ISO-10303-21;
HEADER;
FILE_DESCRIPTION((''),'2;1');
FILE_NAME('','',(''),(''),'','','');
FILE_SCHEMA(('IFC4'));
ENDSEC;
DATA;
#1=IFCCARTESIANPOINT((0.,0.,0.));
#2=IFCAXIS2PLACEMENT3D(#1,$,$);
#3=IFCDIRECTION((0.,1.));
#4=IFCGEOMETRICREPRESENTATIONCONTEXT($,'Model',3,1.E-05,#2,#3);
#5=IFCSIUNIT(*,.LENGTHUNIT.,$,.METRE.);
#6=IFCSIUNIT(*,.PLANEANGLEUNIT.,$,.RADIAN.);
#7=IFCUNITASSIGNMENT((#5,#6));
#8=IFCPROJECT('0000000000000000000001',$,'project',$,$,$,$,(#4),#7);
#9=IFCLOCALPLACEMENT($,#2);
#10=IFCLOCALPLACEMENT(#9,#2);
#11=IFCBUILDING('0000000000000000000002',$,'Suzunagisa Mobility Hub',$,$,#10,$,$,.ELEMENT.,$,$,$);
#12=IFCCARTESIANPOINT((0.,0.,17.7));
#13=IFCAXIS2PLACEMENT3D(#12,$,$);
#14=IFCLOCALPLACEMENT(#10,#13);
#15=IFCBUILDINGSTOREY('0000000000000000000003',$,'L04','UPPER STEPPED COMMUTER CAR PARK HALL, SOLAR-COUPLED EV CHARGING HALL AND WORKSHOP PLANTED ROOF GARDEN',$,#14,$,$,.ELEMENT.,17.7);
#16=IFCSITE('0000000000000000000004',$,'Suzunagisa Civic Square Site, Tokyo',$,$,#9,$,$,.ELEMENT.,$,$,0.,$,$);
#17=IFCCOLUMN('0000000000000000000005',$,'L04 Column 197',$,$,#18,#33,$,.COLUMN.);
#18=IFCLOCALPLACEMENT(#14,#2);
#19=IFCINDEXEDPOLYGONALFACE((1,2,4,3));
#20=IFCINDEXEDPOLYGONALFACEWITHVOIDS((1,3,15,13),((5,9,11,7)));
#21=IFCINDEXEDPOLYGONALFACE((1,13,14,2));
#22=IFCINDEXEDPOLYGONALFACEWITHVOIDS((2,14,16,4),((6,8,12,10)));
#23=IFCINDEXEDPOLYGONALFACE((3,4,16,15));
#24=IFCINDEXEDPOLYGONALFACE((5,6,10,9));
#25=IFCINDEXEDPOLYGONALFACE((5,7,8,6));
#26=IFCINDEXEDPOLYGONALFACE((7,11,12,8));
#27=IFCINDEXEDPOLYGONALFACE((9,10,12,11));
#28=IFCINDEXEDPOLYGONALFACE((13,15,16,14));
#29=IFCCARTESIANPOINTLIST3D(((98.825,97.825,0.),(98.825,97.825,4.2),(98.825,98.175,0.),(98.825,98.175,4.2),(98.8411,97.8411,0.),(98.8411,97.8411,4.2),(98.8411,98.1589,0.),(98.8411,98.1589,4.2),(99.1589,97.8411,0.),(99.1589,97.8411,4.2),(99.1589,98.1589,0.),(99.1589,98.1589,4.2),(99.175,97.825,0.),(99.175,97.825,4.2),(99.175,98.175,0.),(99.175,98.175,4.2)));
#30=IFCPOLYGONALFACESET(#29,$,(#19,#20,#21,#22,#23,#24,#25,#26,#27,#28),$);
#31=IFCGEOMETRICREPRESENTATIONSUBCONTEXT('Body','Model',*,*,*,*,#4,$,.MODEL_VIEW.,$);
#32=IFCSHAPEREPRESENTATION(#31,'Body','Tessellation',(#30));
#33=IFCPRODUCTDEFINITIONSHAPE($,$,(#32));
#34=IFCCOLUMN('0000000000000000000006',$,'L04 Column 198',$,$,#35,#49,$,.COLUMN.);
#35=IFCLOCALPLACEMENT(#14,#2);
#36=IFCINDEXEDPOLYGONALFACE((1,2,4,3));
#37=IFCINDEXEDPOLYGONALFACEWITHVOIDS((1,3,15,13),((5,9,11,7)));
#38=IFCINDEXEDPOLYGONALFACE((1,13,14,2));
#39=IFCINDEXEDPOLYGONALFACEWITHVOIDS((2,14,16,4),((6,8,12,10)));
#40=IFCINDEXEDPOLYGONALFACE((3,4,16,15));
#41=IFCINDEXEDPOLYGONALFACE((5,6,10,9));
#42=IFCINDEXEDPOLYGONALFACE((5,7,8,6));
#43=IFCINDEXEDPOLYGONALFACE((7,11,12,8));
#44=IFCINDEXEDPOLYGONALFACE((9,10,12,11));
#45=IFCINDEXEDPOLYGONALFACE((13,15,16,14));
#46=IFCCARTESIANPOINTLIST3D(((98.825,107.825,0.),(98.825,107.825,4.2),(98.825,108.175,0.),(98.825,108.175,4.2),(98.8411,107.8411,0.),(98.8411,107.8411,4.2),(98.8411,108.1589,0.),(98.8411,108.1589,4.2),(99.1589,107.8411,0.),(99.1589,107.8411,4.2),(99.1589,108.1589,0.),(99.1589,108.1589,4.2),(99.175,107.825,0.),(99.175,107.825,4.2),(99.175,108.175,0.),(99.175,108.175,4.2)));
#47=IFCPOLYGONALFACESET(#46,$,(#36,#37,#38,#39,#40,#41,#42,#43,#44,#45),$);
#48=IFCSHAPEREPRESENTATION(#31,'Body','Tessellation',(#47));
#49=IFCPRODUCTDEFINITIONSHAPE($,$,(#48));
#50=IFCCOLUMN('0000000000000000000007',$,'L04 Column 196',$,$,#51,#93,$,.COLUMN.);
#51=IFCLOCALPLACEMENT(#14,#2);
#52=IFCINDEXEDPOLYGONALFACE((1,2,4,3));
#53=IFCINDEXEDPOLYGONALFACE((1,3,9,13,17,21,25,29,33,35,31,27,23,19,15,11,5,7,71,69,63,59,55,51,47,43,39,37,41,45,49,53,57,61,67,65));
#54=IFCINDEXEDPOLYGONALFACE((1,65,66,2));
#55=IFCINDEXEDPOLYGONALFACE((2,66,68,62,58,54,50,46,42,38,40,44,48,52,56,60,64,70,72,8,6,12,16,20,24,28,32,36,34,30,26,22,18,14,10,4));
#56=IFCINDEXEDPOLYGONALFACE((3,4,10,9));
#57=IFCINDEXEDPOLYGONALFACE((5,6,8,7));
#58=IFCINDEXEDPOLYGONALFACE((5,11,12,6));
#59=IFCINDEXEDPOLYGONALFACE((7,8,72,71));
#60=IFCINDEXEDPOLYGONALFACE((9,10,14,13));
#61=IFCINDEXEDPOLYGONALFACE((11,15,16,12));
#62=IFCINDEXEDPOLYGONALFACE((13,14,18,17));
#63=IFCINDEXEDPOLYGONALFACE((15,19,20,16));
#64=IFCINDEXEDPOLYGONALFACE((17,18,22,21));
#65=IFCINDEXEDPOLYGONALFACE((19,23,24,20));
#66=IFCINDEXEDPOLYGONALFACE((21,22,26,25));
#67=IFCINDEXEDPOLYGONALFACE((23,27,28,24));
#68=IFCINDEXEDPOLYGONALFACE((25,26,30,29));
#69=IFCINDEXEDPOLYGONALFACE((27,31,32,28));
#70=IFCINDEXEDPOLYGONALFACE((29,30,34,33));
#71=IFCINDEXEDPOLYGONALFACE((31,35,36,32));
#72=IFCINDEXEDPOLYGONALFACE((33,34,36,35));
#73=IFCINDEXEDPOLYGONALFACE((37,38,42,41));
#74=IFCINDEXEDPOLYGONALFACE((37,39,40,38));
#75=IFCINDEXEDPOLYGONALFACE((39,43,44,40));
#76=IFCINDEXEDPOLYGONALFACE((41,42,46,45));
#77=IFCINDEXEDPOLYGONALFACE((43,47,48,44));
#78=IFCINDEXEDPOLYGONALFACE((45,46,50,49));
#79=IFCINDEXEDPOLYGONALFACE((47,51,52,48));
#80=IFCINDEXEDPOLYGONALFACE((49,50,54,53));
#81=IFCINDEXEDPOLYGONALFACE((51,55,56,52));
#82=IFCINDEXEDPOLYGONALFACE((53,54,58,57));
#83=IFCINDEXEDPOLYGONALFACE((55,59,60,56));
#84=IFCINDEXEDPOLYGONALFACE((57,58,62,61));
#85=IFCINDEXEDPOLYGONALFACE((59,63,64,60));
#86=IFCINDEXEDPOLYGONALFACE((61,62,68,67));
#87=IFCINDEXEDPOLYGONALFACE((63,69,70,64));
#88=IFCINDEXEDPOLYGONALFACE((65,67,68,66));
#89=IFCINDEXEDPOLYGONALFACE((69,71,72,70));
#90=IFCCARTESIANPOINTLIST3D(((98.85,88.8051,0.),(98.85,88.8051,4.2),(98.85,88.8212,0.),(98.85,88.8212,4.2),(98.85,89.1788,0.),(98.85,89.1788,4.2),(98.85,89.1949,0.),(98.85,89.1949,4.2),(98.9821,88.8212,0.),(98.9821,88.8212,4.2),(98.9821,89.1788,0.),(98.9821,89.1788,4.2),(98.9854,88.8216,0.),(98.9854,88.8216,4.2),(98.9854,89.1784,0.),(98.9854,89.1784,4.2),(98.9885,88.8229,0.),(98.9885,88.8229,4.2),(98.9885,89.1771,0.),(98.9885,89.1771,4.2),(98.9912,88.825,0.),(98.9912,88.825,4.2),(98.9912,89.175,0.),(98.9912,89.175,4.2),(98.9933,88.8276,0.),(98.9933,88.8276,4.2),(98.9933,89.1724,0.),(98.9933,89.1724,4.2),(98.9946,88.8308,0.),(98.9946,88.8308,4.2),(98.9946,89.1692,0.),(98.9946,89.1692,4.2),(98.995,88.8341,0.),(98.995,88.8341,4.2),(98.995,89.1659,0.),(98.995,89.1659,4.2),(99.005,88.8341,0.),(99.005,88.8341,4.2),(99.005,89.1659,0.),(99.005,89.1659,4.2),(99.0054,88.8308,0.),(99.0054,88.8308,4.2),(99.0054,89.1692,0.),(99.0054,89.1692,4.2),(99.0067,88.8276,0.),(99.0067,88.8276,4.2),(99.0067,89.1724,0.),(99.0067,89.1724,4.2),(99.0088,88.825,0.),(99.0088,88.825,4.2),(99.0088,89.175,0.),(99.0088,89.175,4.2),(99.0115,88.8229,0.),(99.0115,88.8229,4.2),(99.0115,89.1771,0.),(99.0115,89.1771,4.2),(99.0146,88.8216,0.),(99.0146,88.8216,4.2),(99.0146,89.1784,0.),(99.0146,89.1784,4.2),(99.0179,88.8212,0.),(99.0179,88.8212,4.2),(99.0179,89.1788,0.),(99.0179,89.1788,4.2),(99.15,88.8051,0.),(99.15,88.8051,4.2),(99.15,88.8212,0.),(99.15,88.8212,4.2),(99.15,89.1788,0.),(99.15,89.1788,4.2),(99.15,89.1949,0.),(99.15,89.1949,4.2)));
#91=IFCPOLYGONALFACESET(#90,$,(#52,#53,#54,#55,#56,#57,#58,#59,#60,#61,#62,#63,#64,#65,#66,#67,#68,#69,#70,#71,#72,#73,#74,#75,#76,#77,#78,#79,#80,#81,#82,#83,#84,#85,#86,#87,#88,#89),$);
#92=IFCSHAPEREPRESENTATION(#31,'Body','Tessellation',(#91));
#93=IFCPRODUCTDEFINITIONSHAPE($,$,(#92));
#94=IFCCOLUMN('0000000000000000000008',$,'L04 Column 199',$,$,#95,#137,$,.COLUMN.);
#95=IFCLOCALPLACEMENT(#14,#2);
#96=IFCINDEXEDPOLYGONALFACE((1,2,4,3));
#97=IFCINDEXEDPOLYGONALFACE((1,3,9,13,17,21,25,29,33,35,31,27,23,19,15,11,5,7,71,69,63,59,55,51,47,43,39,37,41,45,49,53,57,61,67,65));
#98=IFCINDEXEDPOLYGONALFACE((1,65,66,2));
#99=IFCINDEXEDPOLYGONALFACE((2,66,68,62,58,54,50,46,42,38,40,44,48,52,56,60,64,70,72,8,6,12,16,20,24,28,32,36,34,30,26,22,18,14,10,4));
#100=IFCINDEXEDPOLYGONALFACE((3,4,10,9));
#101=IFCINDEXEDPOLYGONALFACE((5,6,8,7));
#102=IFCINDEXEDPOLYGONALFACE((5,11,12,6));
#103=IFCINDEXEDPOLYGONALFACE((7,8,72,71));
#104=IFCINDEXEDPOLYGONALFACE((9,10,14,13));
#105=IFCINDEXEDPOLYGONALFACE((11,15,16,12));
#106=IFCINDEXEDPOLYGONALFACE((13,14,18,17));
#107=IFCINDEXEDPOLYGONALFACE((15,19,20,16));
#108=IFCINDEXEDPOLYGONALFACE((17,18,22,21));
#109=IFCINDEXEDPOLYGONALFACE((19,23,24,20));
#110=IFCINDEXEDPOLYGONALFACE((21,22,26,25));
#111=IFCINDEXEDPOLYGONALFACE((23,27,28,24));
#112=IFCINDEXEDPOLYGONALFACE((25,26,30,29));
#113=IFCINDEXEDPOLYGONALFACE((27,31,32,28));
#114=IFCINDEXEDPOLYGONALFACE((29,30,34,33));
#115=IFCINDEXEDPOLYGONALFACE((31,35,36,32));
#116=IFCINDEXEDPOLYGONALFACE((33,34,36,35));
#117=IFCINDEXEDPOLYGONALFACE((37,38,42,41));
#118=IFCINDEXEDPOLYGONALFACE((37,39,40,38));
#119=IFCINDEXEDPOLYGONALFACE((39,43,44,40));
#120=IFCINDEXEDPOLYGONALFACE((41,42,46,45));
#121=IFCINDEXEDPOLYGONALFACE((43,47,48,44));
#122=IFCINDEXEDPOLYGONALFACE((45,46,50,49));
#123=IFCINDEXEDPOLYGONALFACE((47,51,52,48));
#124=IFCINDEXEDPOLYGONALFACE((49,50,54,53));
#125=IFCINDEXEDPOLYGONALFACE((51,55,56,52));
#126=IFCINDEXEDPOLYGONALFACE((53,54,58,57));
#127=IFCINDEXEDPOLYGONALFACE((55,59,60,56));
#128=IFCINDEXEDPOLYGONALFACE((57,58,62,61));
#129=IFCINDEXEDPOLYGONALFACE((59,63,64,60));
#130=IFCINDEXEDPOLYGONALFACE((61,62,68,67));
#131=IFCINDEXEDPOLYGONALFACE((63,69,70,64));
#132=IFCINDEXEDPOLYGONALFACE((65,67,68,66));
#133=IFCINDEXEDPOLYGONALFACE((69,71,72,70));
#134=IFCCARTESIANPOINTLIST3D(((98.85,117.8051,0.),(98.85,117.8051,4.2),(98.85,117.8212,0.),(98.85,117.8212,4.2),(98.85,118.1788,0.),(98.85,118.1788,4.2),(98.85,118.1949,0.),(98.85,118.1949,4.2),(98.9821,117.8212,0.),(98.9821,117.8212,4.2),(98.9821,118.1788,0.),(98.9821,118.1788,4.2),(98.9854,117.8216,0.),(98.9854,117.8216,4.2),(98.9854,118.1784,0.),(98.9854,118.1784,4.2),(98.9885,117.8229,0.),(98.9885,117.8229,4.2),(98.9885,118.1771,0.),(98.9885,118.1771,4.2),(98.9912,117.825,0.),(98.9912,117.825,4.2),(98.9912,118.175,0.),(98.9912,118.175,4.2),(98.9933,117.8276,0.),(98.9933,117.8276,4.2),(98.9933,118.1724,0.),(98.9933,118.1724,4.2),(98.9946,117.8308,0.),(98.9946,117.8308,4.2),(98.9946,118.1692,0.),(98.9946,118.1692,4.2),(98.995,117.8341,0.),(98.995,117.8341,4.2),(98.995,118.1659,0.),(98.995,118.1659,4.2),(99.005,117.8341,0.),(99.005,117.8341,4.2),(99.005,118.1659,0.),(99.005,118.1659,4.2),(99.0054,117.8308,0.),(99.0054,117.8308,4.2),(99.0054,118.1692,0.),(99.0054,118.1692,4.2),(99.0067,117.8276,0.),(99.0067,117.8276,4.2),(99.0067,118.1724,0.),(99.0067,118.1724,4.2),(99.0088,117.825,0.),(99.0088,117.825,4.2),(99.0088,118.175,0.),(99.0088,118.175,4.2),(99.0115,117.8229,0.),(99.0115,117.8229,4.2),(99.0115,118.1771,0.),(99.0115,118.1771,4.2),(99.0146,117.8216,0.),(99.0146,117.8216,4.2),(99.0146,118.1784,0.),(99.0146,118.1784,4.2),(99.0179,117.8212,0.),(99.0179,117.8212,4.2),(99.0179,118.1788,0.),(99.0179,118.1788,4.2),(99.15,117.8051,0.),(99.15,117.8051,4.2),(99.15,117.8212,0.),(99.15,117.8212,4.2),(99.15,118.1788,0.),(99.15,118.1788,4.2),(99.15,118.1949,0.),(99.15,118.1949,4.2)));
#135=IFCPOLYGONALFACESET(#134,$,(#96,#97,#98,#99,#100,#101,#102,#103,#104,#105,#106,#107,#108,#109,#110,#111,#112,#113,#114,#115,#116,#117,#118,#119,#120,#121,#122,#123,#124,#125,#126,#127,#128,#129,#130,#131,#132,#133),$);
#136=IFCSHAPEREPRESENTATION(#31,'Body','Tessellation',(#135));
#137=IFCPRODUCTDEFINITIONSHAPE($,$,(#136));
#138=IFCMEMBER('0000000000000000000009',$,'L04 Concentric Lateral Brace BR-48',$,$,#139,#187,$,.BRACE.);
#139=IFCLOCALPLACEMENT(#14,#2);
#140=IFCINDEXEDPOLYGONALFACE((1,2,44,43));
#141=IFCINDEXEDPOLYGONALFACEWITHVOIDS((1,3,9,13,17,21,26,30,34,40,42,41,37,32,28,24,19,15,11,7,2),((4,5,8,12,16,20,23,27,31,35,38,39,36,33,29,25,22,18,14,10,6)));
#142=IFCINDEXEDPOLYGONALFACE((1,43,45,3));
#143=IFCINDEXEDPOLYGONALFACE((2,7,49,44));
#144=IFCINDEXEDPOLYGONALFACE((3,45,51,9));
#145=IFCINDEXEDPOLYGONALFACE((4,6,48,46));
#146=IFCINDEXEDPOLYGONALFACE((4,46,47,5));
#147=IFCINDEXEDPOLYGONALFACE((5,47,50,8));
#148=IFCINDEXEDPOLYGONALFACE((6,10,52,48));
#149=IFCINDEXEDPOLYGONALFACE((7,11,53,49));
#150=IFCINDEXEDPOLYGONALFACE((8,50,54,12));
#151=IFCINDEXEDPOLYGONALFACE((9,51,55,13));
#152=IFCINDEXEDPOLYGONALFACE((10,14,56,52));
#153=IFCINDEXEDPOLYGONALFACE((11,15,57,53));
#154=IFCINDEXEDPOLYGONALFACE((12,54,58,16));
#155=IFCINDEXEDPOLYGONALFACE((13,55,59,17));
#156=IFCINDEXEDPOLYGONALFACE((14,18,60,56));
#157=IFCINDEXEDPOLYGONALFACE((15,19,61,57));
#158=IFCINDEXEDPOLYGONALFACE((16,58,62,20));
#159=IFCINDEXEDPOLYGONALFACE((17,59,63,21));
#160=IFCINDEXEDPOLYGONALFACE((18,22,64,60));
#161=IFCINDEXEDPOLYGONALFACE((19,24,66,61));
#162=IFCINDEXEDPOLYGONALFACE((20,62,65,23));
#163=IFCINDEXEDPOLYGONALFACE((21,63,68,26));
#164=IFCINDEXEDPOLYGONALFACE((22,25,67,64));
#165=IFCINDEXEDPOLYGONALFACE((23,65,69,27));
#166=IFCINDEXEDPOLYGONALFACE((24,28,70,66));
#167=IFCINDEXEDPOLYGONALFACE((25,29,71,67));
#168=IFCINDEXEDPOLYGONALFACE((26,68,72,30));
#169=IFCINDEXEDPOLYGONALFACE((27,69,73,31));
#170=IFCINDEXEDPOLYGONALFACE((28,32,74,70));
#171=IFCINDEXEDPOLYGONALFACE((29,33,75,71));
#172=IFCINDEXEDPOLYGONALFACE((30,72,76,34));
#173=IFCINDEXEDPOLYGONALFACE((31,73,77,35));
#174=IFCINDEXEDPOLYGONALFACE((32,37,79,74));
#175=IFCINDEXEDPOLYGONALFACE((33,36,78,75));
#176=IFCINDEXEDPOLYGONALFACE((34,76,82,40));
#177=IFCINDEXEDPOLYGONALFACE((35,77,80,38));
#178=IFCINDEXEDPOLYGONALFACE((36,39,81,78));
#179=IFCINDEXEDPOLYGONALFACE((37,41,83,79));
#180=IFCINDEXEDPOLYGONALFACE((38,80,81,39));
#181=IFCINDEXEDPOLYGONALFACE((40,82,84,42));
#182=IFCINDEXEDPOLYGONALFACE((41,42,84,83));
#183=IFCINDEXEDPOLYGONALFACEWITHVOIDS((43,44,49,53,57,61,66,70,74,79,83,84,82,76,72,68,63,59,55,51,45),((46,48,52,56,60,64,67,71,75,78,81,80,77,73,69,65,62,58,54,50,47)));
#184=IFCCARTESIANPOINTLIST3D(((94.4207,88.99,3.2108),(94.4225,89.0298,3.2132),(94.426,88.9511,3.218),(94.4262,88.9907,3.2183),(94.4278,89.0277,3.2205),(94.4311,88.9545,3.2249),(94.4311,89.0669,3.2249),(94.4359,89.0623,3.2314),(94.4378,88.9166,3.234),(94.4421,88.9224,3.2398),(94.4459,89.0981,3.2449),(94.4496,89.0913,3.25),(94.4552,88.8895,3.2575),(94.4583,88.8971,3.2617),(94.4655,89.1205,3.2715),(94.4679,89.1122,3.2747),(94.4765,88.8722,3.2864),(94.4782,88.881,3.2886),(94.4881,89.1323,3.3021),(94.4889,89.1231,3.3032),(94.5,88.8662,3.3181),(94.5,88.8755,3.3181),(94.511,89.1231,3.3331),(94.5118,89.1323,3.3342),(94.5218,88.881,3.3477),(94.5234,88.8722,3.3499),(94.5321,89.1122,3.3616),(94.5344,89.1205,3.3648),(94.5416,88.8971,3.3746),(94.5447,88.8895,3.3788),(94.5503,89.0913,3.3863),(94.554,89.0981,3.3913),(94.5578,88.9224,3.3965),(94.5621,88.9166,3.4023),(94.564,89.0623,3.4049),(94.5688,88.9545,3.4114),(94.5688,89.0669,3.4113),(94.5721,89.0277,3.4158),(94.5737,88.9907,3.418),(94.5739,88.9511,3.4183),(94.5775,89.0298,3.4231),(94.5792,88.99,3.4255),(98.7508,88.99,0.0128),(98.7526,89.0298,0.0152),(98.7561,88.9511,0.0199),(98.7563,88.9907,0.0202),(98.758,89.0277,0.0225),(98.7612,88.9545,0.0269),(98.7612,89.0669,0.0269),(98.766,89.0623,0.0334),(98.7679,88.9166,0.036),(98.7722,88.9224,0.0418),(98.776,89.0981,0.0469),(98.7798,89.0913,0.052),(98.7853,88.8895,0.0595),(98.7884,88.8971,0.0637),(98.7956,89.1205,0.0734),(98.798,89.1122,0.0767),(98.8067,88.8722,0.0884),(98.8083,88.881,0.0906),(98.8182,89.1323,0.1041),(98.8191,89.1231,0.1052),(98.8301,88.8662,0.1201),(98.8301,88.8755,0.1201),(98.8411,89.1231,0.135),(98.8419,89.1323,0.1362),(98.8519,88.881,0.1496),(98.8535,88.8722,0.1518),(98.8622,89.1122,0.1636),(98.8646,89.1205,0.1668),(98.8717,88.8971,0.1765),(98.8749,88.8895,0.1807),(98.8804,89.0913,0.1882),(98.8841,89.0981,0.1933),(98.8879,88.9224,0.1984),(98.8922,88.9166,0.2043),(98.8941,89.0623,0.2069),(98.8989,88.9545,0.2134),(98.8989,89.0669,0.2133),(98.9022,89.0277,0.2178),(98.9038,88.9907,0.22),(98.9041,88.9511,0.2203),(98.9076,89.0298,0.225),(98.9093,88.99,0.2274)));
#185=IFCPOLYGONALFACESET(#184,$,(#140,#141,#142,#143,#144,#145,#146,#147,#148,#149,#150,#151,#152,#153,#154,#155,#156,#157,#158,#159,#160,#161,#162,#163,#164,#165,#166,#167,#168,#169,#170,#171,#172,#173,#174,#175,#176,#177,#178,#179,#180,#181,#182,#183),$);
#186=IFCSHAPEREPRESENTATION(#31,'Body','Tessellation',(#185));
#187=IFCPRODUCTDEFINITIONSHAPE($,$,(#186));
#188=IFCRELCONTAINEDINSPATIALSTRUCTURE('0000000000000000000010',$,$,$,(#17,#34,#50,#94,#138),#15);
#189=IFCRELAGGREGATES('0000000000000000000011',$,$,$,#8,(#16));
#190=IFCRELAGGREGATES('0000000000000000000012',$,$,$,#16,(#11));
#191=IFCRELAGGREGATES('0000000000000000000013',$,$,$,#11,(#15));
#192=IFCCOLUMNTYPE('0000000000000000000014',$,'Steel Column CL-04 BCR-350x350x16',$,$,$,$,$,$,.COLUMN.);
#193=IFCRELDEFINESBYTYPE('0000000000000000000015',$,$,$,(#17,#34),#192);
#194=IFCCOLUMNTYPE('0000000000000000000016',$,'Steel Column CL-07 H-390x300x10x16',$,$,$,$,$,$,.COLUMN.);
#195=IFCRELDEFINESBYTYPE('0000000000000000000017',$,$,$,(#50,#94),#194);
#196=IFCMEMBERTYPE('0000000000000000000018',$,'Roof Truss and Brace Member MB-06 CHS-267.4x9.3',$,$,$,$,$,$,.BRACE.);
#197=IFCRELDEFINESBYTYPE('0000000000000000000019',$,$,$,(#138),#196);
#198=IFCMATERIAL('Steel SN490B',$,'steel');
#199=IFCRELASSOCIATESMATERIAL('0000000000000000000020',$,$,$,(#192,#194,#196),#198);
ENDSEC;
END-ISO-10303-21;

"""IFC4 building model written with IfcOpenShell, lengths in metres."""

from ifc_helpers import new_model, si_unit, direction, frame, origin, origin_2d, place, context, subcontext, project, spatial, hollow_rectangle, hollow_circle, i_section, extrude, material, material_profile, profile_set, type_object, element, save


model = new_model("IFC4")

# Units and contexts
model_context = context("Model", 3, precision=1e-05, world=origin(), true_north=direction((0.0, 1.0)))
body_context = subcontext(model_context, "Body", "Model", "MODEL_VIEW")
ifc_project = project(units=[si_unit("LENGTHUNIT", "METRE"), si_unit("PLANEANGLEUNIT", "RADIAN")], contexts=[model_context])

# Site, building, storey
site_placement = place(None, origin())
site = spatial("IfcSite", under=ifc_project, at=site_placement, Name="Suzunagisa Civic Square Site, Tokyo", CompositionType="ELEMENT", RefElevation=0.0)
building_placement = place(site_placement, origin())
building = spatial("IfcBuilding", under=site, at=building_placement, Name="Suzunagisa Mobility Hub", CompositionType="ELEMENT")
storey_placement = place(building_placement, frame((0.0, 0.0, 17.7)))
storey = spatial("IfcBuildingStorey", under=building, at=storey_placement, Name="L04", Description="UPPER STEPPED COMMUTER CAR PARK HALL, SOLAR-COUPLED EV CHARGING HALL AND WORKSHOP PLANTED ROOF GARDEN", CompositionType="ELEMENT", Elevation=17.7)

# Columns
ifc_material_1 = material(Name="Steel SN490B", Category="steel")
ifc_material_profile_1 = material_profile(ifc_material_1, hollow_rectangle(XDim=0.3501, YDim=0.3501, WallThickness=0.0161, at=origin_2d()), Name="BCR-350x350x16")
ifc_profile_set_1 = profile_set([ifc_material_profile_1], Name="Steel SN490B")
column_type_1 = type_object("IfcColumnType", Name="Steel Column CL-04 BCR-350x350x16", PredefinedType="COLUMN", material=ifc_profile_set_1)
for number, where, z_axis, x_axis, name in (
    (1, (99.0, 98.0, 0.0), (0.0, 0.0, 1.0), (1.0, 0.0, 0.0), "L04 Column 197"),
    (2, (99.0, 108.0, 0.0), (0.0, 0.0, 1.0), (1.0, 0.0, 0.0), "L04 Column 198"),
):
    element("IfcColumn", number, at=place(storey_placement, frame(where, z_axis=z_axis, x_axis=x_axis)), inside=storey, type_object=column_type_1, Name=name, PredefinedType="COLUMN", context=body_context, shape_type="SweptSolid", body=[
        extrude(hollow_rectangle(XDim=0.3501, YDim=0.3501, WallThickness=0.0161, at=origin_2d()), origin(), (0.0, 0.0, 1.0), 4.2),
    ])
ifc_material_profile_2 = material_profile(ifc_material_1, i_section(OverallWidth=0.3, OverallDepth=0.3899, WebThickness=0.01, FlangeThickness=0.0161, FilletRadius=0.0129, at=origin_2d()), Name="H-390x300x10x16")
ifc_profile_set_2 = profile_set([ifc_material_profile_2], Name="Steel SN490B")
column_type_2 = type_object("IfcColumnType", Name="Steel Column CL-07 H-390x300x10x16", PredefinedType="COLUMN", material=ifc_profile_set_2)
for number, where, z_axis, x_axis, name in (
    (3, (99.0, 89.0, 0.0), (0.0, 0.0, 1.0), (1.0, 0.0, 0.0), "L04 Column 196"),
    (4, (99.0, 118.0, 0.0), (0.0, 0.0, 1.0), (1.0, 0.0, 0.0), "L04 Column 199"),
):
    element("IfcColumn", number, at=place(storey_placement, frame(where, z_axis=z_axis, x_axis=x_axis)), inside=storey, type_object=column_type_2, Name=name, PredefinedType="COLUMN", context=body_context, shape_type="SweptSolid", body=[
        extrude(i_section(OverallWidth=0.3, OverallDepth=0.3899, WebThickness=0.01, FlangeThickness=0.0161, FilletRadius=0.0129, at=origin_2d()), origin(), (0.0, 0.0, 1.0), 4.2),
    ])

# Member
ifc_material_profile_3 = material_profile(ifc_material_1, hollow_circle(Radius=0.1338, WallThickness=0.0093, at=origin_2d()), Name="CHS-267.4x9.3")
ifc_profile_set_3 = profile_set([ifc_material_profile_3], Name="Steel SN490B")
member_type = type_object("IfcMemberType", Name="Roof Truss and Brace Member MB-06 CHS-267.4x9.3", PredefinedType="BRACE", material=ifc_profile_set_3)
member_placement = place(storey_placement, frame((98.8301, 89.0, 0.1201), z_axis=(-0.804398, 0.0, 0.594091), x_axis=(0.0, -1.0, 0.0)))
element("IfcMember", 5, at=member_placement, inside=storey, type_object=member_type, Name="L04 Concentric Lateral Brace BR-48", PredefinedType="BRACE", context=body_context, shape_type="SweptSolid", body=[
    extrude(hollow_circle(Radius=0.1338, WallThickness=0.0093, at=origin_2d()), origin(), (0.0, 0.0, 1.0), 5.3831),
])

save(model, "model.ifc")
